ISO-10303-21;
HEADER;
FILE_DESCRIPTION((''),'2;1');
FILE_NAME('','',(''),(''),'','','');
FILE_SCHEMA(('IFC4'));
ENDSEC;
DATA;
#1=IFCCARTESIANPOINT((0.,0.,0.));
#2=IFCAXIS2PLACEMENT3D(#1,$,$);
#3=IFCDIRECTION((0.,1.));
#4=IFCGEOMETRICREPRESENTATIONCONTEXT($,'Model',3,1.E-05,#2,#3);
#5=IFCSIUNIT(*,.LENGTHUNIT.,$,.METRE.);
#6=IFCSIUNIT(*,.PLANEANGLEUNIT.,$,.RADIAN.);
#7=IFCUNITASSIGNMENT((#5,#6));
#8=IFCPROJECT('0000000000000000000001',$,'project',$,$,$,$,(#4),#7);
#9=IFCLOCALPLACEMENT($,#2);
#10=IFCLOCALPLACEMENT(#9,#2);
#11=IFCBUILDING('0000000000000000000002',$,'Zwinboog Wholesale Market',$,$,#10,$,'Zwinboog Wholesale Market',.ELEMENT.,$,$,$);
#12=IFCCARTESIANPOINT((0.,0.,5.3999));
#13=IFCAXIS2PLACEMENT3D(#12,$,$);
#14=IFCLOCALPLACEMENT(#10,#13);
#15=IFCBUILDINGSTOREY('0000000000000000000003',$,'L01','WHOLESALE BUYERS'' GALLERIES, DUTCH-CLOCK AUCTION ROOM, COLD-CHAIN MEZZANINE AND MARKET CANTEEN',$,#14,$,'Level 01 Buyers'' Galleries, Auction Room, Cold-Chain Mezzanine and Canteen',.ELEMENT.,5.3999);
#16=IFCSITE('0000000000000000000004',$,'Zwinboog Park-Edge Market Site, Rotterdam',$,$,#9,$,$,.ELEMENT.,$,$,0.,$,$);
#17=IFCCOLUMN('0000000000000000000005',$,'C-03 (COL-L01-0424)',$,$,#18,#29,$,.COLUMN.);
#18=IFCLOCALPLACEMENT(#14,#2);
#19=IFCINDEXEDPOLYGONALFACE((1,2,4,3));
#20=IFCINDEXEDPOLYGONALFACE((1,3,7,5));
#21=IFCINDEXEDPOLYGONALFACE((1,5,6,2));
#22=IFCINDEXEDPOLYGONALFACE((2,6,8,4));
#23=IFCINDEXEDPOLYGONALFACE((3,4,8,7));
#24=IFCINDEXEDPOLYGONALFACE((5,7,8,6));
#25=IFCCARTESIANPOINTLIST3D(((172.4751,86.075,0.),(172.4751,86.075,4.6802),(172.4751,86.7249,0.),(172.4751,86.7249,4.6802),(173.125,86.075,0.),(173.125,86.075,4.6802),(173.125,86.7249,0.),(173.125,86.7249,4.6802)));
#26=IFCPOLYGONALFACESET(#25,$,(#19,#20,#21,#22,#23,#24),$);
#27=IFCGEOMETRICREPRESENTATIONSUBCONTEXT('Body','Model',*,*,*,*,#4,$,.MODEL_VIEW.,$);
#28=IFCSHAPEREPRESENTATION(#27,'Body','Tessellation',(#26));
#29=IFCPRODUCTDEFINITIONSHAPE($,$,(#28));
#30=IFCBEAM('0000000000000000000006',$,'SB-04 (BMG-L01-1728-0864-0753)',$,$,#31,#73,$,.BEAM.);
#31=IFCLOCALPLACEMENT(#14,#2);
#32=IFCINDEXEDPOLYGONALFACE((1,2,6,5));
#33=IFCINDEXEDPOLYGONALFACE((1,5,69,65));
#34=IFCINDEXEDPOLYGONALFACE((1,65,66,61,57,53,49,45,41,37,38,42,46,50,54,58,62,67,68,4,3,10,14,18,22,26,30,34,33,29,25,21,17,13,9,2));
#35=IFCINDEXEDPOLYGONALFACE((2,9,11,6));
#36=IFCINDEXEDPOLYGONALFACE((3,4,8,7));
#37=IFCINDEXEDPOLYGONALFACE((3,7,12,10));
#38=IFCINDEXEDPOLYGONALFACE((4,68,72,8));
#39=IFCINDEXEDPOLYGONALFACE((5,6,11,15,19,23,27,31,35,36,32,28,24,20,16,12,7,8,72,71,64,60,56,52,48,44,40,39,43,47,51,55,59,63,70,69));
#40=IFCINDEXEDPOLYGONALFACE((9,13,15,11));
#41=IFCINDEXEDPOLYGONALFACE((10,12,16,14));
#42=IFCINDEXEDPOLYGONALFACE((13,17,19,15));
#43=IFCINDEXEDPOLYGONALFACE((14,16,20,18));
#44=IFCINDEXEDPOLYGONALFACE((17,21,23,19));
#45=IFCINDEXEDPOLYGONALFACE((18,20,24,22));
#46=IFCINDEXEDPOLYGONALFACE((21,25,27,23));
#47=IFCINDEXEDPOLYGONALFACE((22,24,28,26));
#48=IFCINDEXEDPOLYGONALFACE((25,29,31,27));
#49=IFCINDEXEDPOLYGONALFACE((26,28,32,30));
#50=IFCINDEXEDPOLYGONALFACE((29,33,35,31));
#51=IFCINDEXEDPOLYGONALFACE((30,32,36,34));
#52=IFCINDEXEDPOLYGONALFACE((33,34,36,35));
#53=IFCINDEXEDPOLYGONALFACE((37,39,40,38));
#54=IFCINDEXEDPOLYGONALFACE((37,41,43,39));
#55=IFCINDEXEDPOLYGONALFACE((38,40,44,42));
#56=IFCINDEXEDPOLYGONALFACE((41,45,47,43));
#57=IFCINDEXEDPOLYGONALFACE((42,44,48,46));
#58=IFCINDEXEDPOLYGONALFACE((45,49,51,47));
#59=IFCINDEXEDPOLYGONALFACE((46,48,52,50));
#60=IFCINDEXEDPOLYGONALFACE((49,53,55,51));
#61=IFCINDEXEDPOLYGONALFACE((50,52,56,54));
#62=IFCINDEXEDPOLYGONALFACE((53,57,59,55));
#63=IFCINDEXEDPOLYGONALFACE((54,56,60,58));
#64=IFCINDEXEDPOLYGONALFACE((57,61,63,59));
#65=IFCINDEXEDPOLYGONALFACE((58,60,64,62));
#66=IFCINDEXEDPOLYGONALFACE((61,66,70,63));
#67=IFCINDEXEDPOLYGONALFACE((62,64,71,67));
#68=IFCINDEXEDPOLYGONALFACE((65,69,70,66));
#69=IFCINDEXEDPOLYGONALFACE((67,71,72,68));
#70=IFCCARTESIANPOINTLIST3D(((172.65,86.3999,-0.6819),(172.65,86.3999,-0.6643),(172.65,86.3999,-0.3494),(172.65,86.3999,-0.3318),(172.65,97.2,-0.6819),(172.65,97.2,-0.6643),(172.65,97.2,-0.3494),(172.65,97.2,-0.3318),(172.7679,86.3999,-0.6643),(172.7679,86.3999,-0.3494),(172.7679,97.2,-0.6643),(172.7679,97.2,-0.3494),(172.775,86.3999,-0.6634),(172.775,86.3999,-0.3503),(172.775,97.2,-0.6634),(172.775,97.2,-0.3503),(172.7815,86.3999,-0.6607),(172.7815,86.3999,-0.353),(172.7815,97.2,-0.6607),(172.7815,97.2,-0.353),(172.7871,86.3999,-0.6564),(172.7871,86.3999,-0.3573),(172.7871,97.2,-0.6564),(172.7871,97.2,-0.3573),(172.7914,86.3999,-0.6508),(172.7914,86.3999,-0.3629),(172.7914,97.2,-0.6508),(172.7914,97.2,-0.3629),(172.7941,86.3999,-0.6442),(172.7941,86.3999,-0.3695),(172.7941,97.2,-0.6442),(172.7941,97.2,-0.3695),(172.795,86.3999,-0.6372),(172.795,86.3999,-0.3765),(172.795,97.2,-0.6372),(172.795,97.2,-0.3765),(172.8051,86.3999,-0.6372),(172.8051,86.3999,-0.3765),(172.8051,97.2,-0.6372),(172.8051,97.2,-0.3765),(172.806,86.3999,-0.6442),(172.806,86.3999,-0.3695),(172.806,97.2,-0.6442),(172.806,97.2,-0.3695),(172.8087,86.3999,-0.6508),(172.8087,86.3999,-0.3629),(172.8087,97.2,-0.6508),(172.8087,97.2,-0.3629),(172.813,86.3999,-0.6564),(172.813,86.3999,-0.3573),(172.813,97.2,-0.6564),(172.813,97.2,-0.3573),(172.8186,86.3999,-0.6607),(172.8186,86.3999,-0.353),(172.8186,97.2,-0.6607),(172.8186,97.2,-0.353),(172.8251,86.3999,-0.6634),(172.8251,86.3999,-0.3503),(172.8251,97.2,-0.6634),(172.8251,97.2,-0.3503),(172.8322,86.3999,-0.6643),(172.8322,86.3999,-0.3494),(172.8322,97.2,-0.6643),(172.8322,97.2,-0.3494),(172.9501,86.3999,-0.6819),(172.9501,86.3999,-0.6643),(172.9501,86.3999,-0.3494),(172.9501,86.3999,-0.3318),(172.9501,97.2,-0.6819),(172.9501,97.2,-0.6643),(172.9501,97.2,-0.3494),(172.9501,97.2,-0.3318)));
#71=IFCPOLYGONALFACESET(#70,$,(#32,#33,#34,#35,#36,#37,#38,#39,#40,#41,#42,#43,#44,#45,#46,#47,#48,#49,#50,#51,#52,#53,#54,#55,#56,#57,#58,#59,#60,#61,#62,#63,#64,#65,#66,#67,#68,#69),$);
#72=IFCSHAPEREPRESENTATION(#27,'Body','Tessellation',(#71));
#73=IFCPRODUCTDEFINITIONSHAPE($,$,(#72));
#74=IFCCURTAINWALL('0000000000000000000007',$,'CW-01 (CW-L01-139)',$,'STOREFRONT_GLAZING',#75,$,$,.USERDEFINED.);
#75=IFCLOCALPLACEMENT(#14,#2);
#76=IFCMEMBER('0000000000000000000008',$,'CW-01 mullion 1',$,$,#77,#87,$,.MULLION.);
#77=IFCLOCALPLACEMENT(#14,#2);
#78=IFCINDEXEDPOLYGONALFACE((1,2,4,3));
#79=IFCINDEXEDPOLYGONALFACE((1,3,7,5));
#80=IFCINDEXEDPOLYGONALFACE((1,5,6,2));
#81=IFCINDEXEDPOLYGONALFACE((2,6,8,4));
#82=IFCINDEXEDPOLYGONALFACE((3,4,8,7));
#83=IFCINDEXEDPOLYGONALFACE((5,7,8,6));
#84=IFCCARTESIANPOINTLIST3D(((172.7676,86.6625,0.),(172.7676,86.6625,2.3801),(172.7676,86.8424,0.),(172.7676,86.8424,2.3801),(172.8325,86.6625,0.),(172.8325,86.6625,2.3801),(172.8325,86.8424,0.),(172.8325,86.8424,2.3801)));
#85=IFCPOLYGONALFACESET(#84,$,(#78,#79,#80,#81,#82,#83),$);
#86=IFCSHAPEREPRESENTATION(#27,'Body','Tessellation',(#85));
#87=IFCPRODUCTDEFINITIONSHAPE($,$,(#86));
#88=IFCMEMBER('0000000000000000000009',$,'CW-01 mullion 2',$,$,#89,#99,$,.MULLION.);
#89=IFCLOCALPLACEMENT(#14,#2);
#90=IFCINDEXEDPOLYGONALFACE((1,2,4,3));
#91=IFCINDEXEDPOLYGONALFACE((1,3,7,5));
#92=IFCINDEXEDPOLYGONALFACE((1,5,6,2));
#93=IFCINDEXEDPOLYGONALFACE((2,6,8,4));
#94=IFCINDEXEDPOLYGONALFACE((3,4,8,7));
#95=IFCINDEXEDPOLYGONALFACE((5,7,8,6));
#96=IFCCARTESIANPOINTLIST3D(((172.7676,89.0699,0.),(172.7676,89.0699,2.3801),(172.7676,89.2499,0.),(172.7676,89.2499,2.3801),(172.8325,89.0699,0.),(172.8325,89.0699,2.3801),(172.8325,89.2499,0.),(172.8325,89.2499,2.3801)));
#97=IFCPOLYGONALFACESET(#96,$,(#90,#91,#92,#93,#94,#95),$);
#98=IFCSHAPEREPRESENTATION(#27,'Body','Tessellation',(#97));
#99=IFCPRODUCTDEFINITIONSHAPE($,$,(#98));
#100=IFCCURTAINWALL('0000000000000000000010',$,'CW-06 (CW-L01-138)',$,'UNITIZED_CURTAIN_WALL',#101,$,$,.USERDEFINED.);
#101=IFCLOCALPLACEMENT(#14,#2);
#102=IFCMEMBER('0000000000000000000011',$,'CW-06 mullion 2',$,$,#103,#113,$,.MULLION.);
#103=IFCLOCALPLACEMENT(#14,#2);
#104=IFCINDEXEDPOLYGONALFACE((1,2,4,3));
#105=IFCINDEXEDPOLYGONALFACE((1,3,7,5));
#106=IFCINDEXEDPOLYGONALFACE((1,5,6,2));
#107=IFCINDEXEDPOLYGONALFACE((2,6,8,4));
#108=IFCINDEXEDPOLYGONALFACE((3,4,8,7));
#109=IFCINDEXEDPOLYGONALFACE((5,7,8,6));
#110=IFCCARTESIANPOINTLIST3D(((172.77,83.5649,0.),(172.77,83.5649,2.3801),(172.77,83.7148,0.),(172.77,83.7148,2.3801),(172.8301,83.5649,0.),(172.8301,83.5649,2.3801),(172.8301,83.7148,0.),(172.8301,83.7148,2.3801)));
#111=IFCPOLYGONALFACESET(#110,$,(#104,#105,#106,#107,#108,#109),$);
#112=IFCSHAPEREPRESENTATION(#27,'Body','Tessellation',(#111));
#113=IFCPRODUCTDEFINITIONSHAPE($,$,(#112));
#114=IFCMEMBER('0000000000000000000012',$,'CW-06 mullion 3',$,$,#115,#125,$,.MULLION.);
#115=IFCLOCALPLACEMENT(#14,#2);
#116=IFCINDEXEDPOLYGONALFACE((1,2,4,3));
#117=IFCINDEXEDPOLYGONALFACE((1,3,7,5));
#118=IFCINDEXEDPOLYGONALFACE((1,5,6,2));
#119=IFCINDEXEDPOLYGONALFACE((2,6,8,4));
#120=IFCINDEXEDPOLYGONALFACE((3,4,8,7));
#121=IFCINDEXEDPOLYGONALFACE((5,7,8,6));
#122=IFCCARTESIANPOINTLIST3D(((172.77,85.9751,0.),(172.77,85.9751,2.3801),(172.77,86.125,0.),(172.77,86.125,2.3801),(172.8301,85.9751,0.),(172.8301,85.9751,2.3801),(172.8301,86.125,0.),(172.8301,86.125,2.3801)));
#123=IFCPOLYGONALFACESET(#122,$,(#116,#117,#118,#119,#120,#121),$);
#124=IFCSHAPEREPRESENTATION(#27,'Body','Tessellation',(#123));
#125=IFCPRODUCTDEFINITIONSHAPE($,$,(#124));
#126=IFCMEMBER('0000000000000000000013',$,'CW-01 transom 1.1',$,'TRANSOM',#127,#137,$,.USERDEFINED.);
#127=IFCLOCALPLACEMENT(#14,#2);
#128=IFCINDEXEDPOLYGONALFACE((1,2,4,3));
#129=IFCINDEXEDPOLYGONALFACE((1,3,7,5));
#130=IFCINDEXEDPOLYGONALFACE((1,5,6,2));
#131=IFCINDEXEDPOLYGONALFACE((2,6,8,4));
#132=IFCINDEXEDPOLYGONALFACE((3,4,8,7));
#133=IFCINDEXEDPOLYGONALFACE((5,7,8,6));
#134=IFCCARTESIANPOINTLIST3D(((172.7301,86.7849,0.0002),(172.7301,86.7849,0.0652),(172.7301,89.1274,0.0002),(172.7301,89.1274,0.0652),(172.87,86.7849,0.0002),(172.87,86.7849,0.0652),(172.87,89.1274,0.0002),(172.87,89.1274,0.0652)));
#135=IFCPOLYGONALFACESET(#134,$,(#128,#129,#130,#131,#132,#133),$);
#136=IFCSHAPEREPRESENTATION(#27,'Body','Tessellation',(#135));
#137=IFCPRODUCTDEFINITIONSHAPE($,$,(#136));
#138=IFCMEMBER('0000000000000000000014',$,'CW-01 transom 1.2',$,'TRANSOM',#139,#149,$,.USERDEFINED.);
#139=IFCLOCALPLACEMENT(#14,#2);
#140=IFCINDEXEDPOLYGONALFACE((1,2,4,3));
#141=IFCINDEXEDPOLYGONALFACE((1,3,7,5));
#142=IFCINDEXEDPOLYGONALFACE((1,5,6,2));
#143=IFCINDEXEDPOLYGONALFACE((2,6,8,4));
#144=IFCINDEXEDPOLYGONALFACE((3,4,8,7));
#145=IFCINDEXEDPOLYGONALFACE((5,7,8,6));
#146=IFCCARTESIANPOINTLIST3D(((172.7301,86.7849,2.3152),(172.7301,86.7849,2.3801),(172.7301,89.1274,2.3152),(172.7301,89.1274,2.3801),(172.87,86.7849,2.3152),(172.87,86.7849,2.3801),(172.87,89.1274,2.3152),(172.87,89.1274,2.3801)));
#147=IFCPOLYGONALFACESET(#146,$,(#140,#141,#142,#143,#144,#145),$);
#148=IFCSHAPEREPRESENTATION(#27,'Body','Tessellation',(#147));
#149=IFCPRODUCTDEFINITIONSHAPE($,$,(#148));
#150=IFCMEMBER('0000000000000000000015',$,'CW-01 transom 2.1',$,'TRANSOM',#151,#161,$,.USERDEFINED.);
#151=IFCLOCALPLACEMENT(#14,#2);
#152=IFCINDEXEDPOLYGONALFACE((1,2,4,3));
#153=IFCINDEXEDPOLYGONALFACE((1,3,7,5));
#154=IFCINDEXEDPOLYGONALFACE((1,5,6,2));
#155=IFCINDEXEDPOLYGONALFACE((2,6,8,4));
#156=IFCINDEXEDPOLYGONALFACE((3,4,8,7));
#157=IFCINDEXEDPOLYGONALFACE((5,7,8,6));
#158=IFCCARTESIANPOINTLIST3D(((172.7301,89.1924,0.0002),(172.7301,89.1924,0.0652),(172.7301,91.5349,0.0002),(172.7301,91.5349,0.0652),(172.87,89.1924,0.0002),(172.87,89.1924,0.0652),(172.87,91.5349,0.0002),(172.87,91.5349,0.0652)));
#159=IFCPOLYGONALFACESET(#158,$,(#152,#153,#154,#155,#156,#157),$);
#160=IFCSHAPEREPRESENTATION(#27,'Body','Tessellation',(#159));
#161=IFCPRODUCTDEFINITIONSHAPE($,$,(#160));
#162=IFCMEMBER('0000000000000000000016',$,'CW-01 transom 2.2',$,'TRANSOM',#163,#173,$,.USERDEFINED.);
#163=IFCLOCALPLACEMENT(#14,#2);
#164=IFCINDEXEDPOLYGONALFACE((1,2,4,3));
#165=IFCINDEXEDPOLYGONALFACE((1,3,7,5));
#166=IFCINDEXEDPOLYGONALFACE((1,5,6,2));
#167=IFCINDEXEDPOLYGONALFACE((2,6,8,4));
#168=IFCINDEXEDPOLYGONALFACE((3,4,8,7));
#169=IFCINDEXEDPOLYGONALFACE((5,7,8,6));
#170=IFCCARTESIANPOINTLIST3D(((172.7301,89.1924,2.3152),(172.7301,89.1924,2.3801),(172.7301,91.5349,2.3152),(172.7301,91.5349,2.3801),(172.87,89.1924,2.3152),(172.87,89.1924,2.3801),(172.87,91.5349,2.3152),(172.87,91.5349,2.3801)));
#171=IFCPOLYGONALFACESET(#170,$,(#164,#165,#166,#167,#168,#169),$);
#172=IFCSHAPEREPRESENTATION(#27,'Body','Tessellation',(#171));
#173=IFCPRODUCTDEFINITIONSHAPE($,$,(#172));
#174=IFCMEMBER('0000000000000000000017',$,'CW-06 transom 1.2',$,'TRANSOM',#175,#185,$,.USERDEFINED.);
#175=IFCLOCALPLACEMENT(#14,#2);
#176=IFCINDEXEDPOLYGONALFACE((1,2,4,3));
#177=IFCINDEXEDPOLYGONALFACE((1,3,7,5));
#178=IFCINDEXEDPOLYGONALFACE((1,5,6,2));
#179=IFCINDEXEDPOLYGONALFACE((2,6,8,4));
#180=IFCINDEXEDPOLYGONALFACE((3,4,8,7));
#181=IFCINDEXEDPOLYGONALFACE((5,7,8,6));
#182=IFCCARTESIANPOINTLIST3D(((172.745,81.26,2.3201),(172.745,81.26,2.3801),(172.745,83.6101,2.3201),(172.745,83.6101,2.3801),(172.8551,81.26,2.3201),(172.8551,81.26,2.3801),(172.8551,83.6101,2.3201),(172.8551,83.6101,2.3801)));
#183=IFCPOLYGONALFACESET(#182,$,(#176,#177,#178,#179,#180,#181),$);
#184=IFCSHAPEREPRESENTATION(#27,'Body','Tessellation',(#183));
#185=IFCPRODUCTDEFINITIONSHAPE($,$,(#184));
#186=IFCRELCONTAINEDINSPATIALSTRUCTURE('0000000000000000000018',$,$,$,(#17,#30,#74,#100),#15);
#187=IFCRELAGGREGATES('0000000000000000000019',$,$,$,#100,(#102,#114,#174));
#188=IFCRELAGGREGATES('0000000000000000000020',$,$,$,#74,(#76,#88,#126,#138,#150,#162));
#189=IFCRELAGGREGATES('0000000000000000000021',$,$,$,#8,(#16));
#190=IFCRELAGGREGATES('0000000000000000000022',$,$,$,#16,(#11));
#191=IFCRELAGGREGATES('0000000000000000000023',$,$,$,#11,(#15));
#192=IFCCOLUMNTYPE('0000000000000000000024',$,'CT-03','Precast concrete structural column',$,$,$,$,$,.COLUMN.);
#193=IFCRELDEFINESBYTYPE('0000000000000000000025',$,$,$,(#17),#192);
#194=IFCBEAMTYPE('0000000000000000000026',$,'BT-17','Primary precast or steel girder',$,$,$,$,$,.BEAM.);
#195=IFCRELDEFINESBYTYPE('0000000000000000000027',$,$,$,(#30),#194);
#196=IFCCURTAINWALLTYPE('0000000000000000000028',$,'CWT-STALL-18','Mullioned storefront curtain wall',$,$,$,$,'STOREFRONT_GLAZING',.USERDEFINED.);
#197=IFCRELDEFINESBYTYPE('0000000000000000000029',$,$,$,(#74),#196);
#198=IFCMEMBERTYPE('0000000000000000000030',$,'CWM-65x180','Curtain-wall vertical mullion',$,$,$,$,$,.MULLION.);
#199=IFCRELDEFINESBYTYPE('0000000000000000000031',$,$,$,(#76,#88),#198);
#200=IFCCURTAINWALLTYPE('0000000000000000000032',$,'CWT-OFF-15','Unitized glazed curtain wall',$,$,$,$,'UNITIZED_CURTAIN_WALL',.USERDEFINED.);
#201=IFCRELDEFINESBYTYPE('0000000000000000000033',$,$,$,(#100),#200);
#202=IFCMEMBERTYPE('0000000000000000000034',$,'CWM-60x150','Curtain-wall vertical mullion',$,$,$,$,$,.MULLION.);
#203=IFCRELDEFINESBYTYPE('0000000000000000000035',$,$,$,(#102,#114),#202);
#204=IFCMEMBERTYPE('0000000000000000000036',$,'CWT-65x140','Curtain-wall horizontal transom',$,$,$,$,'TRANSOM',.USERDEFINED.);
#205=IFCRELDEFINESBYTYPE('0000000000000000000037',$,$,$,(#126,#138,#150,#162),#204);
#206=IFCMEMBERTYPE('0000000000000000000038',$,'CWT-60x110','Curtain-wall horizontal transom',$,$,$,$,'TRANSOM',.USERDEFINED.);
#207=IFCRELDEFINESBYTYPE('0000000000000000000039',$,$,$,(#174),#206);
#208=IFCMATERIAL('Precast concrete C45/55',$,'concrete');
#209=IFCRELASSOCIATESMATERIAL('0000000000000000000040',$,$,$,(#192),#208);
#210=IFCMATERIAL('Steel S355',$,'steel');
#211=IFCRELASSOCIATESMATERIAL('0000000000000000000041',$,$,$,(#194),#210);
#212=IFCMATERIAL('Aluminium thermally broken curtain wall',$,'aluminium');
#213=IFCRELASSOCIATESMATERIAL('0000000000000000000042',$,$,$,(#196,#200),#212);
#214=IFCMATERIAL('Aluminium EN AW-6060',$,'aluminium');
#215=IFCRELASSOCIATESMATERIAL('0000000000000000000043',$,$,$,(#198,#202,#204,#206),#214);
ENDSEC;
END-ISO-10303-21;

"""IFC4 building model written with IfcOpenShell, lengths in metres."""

from ifc_helpers import new_model, si_unit, direction, frame, origin, origin_2d, place, context, subcontext, project, spatial, rectangle, i_section, extrude, material, material_profile, profile_set, type_object, element, aggregate, save


model = new_model("IFC4")

# Units and contexts
model_context = context("Model", 3, precision=1e-05, world=origin(), true_north=direction((0.0, 1.0)))
body_context = subcontext(model_context, "Body", "Model", "MODEL_VIEW")
ifc_project = project(units=[si_unit("LENGTHUNIT", "METRE"), si_unit("PLANEANGLEUNIT", "RADIAN")], contexts=[model_context])

# Site, building, storey
site_placement = place(None, origin())
site = spatial("IfcSite", under=ifc_project, at=site_placement, Name="Zwinboog Park-Edge Market Site, Rotterdam", CompositionType="ELEMENT", RefElevation=0.0)
building_placement = place(site_placement, origin())
building = spatial("IfcBuilding", under=site, at=building_placement, Name="Zwinboog Wholesale Market", LongName="Zwinboog Wholesale Market", CompositionType="ELEMENT")
storey_placement = place(building_placement, frame((0.0, 0.0, 5.3999)))
storey = spatial("IfcBuildingStorey", under=building, at=storey_placement, Name="L01", Description="WHOLESALE BUYERS' GALLERIES, DUTCH-CLOCK AUCTION ROOM, COLD-CHAIN MEZZANINE AND MARKET CANTEEN", LongName="Level 01 Buyers' Galleries, Auction Room, Cold-Chain Mezzanine and Canteen", CompositionType="ELEMENT", Elevation=5.3999)

# Column
ifc_material_1 = material(Name="Precast concrete C45/55", Category="concrete")
ifc_material_profile_1 = material_profile(ifc_material_1, rectangle(XDim=0.6499, YDim=0.6499, at=origin_2d()), Name="PC 650x650")
ifc_profile_set_1 = profile_set([ifc_material_profile_1], Name="Precast concrete C45/55")
column_type = type_object("IfcColumnType", Name="CT-03", Description="Precast concrete structural column", PredefinedType="COLUMN", material=ifc_profile_set_1)
column_placement = place(storey_placement, frame((172.8, 86.3999, 0.0), z_axis=(0.0, 0.0, 1.0), x_axis=(1.0, 0.0, 0.0)))
element("IfcColumn", 1, at=column_placement, inside=storey, type_object=column_type, Name="C-03 (COL-L01-0424)", PredefinedType="COLUMN", context=body_context, shape_type="SweptSolid", body=[
    extrude(rectangle(XDim=0.6499, YDim=0.6499, at=origin_2d()), origin(), (0.0, 0.0, 1.0), 4.6802),
])

# Beam
ifc_material_2 = material(Name="Steel S355", Category="steel")
ifc_material_profile_2 = material_profile(ifc_material_2, i_section(OverallWidth=0.3, OverallDepth=0.3501, WebThickness=0.01, FlangeThickness=0.0176, FilletRadius=0.0271, at=origin_2d()), Name="HEA 360")
ifc_profile_set_2 = profile_set([ifc_material_profile_2], Name="Steel S355")
beam_type = type_object("IfcBeamType", Name="BT-17", Description="Primary precast or steel girder", PredefinedType="BEAM", material=ifc_profile_set_2)
beam_placement = place(storey_placement, frame((172.8, 86.3999, -0.5068), z_axis=(0.0, 1.0, 0.0), x_axis=(-1.0, 0.0, 0.0)))
element("IfcBeam", 2, at=beam_placement, inside=storey, type_object=beam_type, Name="SB-04 (BMG-L01-1728-0864-0753)", PredefinedType="BEAM", context=body_context, shape_type="SweptSolid", body=[
    extrude(i_section(OverallWidth=0.3, OverallDepth=0.3501, WebThickness=0.01, FlangeThickness=0.0176, FilletRadius=0.0271, at=origin_2d()), origin(), (0.0, 0.0, 1.0), 10.8),
])

# Curtain walls, members
ifc_material_3 = material(Name="Aluminium thermally broken curtain wall", Category="aluminium")
curtain_wall_type_1 = type_object("IfcCurtainWallType", Name="CWT-STALL-18", Description="Mullioned storefront curtain wall", ElementType="STOREFRONT_GLAZING", PredefinedType="USERDEFINED", material=ifc_material_3)
curtain_wall_1_placement = place(storey_placement, origin())
curtain_wall_1 = element("IfcCurtainWall", 3, at=curtain_wall_1_placement, inside=storey, type_object=curtain_wall_type_1, Name="CW-01 (CW-L01-139)", ObjectType="STOREFRONT_GLAZING", PredefinedType="USERDEFINED")
ifc_material_4 = material(Name="Aluminium EN AW-6060", Category="aluminium")
ifc_material_profile_3 = material_profile(ifc_material_4, rectangle(XDim=0.0649, YDim=0.1799, at=origin_2d()), Name="AL 65x180")
ifc_profile_set_3 = profile_set([ifc_material_profile_3], Name="Aluminium EN AW-6060")
member_type_1 = type_object("IfcMemberType", Name="CWM-65x180", Description="Curtain-wall vertical mullion", PredefinedType="MULLION", material=ifc_profile_set_3)
member_1_placement = place(storey_placement, frame((172.8, 86.7524, 0.0), z_axis=(0.0, 0.0, 1.0), x_axis=(-1.0, 0.0, 0.0)))
member_1 = element("IfcMember", 4, at=member_1_placement, type_object=member_type_1, Name="CW-01 mullion 1", PredefinedType="MULLION", context=body_context, shape_type="SweptSolid", body=[
    extrude(rectangle(XDim=0.0649, YDim=0.1799, at=origin_2d()), origin(), (0.0, 0.0, 1.0), 2.3801),
])
member_2_placement = place(storey_placement, frame((172.8, 89.1599, 0.0), z_axis=(0.0, 0.0, 1.0), x_axis=(-1.0, 0.0, 0.0)))
member_2 = element("IfcMember", 5, at=member_2_placement, type_object=member_type_1, Name="CW-01 mullion 2", PredefinedType="MULLION", context=body_context, shape_type="SweptSolid", body=[
    extrude(rectangle(XDim=0.0649, YDim=0.1799, at=origin_2d()), origin(), (0.0, 0.0, 1.0), 2.3801),
])
curtain_wall_type_2 = type_object("IfcCurtainWallType", Name="CWT-OFF-15", Description="Unitized glazed curtain wall", ElementType="UNITIZED_CURTAIN_WALL", PredefinedType="USERDEFINED", material=ifc_material_3)
curtain_wall_2_placement = place(storey_placement, origin())
curtain_wall_2 = element("IfcCurtainWall", 6, at=curtain_wall_2_placement, inside=storey, type_object=curtain_wall_type_2, Name="CW-06 (CW-L01-138)", ObjectType="UNITIZED_CURTAIN_WALL", PredefinedType="USERDEFINED")
ifc_material_profile_4 = material_profile(ifc_material_4, rectangle(XDim=0.0601, YDim=0.1499, at=origin_2d()), Name="AL 60x150")
ifc_profile_set_4 = profile_set([ifc_material_profile_4], Name="Aluminium EN AW-6060")
member_type_2 = type_object("IfcMemberType", Name="CWM-60x150", Description="Curtain-wall vertical mullion", PredefinedType="MULLION", material=ifc_profile_set_4)
member_3_placement = place(storey_placement, frame((172.8, 83.6399, 0.0), z_axis=(0.0, 0.0, 1.0), x_axis=(-1.0, 0.0, 0.0)))
member_3 = element("IfcMember", 7, at=member_3_placement, type_object=member_type_2, Name="CW-06 mullion 2", PredefinedType="MULLION", context=body_context, shape_type="SweptSolid", body=[
    extrude(rectangle(XDim=0.0601, YDim=0.1499, at=origin_2d()), origin(), (0.0, 0.0, 1.0), 2.3801),
])
member_4_placement = place(storey_placement, frame((172.8, 86.05, 0.0), z_axis=(0.0, 0.0, 1.0), x_axis=(-1.0, 0.0, 0.0)))
member_4 = element("IfcMember", 8, at=member_4_placement, type_object=member_type_2, Name="CW-06 mullion 3", PredefinedType="MULLION", context=body_context, shape_type="SweptSolid", body=[
    extrude(rectangle(XDim=0.0601, YDim=0.1499, at=origin_2d()), origin(), (0.0, 0.0, 1.0), 2.3801),
])

# Members
ifc_material_profile_5 = material_profile(ifc_material_4, rectangle(XDim=0.1399, YDim=0.0649, at=origin_2d()), Name="AL 65x140")
ifc_profile_set_5 = profile_set([ifc_material_profile_5], Name="Aluminium EN AW-6060")
member_type_3 = type_object("IfcMemberType", Name="CWT-65x140", Description="Curtain-wall horizontal transom", ElementType="TRANSOM", PredefinedType="USERDEFINED", material=ifc_profile_set_5)
member_5_placement = place(storey_placement, frame((172.8, 86.7849, 0.0327), z_axis=(0.0, 1.0, 0.0), x_axis=(-1.0, 0.0, 0.0)))
member_5 = element("IfcMember", 9, at=member_5_placement, type_object=member_type_3, Name="CW-01 transom 1.1", ObjectType="TRANSOM", PredefinedType="USERDEFINED", context=body_context, shape_type="SweptSolid", body=[
    extrude(rectangle(XDim=0.1399, YDim=0.0649, at=origin_2d()), origin(), (0.0, 0.0, 1.0), 2.3425),
])
member_6_placement = place(storey_placement, frame((172.8, 86.7849, 2.3477), z_axis=(0.0, 1.0, 0.0), x_axis=(-1.0, 0.0, 0.0)))
member_6 = element("IfcMember", 10, at=member_6_placement, type_object=member_type_3, Name="CW-01 transom 1.2", ObjectType="TRANSOM", PredefinedType="USERDEFINED", context=body_context, shape_type="SweptSolid", body=[
    extrude(rectangle(XDim=0.1399, YDim=0.0649, at=origin_2d()), origin(), (0.0, 0.0, 1.0), 2.3425),
])
member_7_placement = place(storey_placement, frame((172.8, 89.1924, 0.0327), z_axis=(0.0, 1.0, 0.0), x_axis=(-1.0, 0.0, 0.0)))
member_7 = element("IfcMember", 11, at=member_7_placement, type_object=member_type_3, Name="CW-01 transom 2.1", ObjectType="TRANSOM", PredefinedType="USERDEFINED", context=body_context, shape_type="SweptSolid", body=[
    extrude(rectangle(XDim=0.1399, YDim=0.0649, at=origin_2d()), origin(), (0.0, 0.0, 1.0), 2.3425),
])
member_8_placement = place(storey_placement, frame((172.8, 89.1924, 2.3477), z_axis=(0.0, 1.0, 0.0), x_axis=(-1.0, 0.0, 0.0)))
member_8 = element("IfcMember", 12, at=member_8_placement, type_object=member_type_3, Name="CW-01 transom 2.2", ObjectType="TRANSOM", PredefinedType="USERDEFINED", context=body_context, shape_type="SweptSolid", body=[
    extrude(rectangle(XDim=0.1399, YDim=0.0649, at=origin_2d()), origin(), (0.0, 0.0, 1.0), 2.3425),
])
ifc_material_profile_6 = material_profile(ifc_material_4, rectangle(XDim=0.1101, YDim=0.0601, at=origin_2d()), Name="AL 60x110")
ifc_profile_set_6 = profile_set([ifc_material_profile_6], Name="Aluminium EN AW-6060")
member_type_4 = type_object("IfcMemberType", Name="CWT-60x110", Description="Curtain-wall horizontal transom", ElementType="TRANSOM", PredefinedType="USERDEFINED", material=ifc_profile_set_6)
member_9_placement = place(storey_placement, frame((172.8, 81.26, 2.3501), z_axis=(0.0, 1.0, 0.0), x_axis=(-1.0, 0.0, 0.0)))
member_9 = element("IfcMember", 13, at=member_9_placement, type_object=member_type_4, Name="CW-06 transom 1.2", ObjectType="TRANSOM", PredefinedType="USERDEFINED", context=body_context, shape_type="SweptSolid", body=[
    extrude(rectangle(XDim=0.1101, YDim=0.0601, at=origin_2d()), origin(), (0.0, 0.0, 1.0), 2.3501),
])

aggregate(curtain_wall_2, [member_3, member_4, member_9])
aggregate(curtain_wall_1, [member_1, member_2, member_5, member_6, member_7, member_8])

save(model, "model.ifc")
